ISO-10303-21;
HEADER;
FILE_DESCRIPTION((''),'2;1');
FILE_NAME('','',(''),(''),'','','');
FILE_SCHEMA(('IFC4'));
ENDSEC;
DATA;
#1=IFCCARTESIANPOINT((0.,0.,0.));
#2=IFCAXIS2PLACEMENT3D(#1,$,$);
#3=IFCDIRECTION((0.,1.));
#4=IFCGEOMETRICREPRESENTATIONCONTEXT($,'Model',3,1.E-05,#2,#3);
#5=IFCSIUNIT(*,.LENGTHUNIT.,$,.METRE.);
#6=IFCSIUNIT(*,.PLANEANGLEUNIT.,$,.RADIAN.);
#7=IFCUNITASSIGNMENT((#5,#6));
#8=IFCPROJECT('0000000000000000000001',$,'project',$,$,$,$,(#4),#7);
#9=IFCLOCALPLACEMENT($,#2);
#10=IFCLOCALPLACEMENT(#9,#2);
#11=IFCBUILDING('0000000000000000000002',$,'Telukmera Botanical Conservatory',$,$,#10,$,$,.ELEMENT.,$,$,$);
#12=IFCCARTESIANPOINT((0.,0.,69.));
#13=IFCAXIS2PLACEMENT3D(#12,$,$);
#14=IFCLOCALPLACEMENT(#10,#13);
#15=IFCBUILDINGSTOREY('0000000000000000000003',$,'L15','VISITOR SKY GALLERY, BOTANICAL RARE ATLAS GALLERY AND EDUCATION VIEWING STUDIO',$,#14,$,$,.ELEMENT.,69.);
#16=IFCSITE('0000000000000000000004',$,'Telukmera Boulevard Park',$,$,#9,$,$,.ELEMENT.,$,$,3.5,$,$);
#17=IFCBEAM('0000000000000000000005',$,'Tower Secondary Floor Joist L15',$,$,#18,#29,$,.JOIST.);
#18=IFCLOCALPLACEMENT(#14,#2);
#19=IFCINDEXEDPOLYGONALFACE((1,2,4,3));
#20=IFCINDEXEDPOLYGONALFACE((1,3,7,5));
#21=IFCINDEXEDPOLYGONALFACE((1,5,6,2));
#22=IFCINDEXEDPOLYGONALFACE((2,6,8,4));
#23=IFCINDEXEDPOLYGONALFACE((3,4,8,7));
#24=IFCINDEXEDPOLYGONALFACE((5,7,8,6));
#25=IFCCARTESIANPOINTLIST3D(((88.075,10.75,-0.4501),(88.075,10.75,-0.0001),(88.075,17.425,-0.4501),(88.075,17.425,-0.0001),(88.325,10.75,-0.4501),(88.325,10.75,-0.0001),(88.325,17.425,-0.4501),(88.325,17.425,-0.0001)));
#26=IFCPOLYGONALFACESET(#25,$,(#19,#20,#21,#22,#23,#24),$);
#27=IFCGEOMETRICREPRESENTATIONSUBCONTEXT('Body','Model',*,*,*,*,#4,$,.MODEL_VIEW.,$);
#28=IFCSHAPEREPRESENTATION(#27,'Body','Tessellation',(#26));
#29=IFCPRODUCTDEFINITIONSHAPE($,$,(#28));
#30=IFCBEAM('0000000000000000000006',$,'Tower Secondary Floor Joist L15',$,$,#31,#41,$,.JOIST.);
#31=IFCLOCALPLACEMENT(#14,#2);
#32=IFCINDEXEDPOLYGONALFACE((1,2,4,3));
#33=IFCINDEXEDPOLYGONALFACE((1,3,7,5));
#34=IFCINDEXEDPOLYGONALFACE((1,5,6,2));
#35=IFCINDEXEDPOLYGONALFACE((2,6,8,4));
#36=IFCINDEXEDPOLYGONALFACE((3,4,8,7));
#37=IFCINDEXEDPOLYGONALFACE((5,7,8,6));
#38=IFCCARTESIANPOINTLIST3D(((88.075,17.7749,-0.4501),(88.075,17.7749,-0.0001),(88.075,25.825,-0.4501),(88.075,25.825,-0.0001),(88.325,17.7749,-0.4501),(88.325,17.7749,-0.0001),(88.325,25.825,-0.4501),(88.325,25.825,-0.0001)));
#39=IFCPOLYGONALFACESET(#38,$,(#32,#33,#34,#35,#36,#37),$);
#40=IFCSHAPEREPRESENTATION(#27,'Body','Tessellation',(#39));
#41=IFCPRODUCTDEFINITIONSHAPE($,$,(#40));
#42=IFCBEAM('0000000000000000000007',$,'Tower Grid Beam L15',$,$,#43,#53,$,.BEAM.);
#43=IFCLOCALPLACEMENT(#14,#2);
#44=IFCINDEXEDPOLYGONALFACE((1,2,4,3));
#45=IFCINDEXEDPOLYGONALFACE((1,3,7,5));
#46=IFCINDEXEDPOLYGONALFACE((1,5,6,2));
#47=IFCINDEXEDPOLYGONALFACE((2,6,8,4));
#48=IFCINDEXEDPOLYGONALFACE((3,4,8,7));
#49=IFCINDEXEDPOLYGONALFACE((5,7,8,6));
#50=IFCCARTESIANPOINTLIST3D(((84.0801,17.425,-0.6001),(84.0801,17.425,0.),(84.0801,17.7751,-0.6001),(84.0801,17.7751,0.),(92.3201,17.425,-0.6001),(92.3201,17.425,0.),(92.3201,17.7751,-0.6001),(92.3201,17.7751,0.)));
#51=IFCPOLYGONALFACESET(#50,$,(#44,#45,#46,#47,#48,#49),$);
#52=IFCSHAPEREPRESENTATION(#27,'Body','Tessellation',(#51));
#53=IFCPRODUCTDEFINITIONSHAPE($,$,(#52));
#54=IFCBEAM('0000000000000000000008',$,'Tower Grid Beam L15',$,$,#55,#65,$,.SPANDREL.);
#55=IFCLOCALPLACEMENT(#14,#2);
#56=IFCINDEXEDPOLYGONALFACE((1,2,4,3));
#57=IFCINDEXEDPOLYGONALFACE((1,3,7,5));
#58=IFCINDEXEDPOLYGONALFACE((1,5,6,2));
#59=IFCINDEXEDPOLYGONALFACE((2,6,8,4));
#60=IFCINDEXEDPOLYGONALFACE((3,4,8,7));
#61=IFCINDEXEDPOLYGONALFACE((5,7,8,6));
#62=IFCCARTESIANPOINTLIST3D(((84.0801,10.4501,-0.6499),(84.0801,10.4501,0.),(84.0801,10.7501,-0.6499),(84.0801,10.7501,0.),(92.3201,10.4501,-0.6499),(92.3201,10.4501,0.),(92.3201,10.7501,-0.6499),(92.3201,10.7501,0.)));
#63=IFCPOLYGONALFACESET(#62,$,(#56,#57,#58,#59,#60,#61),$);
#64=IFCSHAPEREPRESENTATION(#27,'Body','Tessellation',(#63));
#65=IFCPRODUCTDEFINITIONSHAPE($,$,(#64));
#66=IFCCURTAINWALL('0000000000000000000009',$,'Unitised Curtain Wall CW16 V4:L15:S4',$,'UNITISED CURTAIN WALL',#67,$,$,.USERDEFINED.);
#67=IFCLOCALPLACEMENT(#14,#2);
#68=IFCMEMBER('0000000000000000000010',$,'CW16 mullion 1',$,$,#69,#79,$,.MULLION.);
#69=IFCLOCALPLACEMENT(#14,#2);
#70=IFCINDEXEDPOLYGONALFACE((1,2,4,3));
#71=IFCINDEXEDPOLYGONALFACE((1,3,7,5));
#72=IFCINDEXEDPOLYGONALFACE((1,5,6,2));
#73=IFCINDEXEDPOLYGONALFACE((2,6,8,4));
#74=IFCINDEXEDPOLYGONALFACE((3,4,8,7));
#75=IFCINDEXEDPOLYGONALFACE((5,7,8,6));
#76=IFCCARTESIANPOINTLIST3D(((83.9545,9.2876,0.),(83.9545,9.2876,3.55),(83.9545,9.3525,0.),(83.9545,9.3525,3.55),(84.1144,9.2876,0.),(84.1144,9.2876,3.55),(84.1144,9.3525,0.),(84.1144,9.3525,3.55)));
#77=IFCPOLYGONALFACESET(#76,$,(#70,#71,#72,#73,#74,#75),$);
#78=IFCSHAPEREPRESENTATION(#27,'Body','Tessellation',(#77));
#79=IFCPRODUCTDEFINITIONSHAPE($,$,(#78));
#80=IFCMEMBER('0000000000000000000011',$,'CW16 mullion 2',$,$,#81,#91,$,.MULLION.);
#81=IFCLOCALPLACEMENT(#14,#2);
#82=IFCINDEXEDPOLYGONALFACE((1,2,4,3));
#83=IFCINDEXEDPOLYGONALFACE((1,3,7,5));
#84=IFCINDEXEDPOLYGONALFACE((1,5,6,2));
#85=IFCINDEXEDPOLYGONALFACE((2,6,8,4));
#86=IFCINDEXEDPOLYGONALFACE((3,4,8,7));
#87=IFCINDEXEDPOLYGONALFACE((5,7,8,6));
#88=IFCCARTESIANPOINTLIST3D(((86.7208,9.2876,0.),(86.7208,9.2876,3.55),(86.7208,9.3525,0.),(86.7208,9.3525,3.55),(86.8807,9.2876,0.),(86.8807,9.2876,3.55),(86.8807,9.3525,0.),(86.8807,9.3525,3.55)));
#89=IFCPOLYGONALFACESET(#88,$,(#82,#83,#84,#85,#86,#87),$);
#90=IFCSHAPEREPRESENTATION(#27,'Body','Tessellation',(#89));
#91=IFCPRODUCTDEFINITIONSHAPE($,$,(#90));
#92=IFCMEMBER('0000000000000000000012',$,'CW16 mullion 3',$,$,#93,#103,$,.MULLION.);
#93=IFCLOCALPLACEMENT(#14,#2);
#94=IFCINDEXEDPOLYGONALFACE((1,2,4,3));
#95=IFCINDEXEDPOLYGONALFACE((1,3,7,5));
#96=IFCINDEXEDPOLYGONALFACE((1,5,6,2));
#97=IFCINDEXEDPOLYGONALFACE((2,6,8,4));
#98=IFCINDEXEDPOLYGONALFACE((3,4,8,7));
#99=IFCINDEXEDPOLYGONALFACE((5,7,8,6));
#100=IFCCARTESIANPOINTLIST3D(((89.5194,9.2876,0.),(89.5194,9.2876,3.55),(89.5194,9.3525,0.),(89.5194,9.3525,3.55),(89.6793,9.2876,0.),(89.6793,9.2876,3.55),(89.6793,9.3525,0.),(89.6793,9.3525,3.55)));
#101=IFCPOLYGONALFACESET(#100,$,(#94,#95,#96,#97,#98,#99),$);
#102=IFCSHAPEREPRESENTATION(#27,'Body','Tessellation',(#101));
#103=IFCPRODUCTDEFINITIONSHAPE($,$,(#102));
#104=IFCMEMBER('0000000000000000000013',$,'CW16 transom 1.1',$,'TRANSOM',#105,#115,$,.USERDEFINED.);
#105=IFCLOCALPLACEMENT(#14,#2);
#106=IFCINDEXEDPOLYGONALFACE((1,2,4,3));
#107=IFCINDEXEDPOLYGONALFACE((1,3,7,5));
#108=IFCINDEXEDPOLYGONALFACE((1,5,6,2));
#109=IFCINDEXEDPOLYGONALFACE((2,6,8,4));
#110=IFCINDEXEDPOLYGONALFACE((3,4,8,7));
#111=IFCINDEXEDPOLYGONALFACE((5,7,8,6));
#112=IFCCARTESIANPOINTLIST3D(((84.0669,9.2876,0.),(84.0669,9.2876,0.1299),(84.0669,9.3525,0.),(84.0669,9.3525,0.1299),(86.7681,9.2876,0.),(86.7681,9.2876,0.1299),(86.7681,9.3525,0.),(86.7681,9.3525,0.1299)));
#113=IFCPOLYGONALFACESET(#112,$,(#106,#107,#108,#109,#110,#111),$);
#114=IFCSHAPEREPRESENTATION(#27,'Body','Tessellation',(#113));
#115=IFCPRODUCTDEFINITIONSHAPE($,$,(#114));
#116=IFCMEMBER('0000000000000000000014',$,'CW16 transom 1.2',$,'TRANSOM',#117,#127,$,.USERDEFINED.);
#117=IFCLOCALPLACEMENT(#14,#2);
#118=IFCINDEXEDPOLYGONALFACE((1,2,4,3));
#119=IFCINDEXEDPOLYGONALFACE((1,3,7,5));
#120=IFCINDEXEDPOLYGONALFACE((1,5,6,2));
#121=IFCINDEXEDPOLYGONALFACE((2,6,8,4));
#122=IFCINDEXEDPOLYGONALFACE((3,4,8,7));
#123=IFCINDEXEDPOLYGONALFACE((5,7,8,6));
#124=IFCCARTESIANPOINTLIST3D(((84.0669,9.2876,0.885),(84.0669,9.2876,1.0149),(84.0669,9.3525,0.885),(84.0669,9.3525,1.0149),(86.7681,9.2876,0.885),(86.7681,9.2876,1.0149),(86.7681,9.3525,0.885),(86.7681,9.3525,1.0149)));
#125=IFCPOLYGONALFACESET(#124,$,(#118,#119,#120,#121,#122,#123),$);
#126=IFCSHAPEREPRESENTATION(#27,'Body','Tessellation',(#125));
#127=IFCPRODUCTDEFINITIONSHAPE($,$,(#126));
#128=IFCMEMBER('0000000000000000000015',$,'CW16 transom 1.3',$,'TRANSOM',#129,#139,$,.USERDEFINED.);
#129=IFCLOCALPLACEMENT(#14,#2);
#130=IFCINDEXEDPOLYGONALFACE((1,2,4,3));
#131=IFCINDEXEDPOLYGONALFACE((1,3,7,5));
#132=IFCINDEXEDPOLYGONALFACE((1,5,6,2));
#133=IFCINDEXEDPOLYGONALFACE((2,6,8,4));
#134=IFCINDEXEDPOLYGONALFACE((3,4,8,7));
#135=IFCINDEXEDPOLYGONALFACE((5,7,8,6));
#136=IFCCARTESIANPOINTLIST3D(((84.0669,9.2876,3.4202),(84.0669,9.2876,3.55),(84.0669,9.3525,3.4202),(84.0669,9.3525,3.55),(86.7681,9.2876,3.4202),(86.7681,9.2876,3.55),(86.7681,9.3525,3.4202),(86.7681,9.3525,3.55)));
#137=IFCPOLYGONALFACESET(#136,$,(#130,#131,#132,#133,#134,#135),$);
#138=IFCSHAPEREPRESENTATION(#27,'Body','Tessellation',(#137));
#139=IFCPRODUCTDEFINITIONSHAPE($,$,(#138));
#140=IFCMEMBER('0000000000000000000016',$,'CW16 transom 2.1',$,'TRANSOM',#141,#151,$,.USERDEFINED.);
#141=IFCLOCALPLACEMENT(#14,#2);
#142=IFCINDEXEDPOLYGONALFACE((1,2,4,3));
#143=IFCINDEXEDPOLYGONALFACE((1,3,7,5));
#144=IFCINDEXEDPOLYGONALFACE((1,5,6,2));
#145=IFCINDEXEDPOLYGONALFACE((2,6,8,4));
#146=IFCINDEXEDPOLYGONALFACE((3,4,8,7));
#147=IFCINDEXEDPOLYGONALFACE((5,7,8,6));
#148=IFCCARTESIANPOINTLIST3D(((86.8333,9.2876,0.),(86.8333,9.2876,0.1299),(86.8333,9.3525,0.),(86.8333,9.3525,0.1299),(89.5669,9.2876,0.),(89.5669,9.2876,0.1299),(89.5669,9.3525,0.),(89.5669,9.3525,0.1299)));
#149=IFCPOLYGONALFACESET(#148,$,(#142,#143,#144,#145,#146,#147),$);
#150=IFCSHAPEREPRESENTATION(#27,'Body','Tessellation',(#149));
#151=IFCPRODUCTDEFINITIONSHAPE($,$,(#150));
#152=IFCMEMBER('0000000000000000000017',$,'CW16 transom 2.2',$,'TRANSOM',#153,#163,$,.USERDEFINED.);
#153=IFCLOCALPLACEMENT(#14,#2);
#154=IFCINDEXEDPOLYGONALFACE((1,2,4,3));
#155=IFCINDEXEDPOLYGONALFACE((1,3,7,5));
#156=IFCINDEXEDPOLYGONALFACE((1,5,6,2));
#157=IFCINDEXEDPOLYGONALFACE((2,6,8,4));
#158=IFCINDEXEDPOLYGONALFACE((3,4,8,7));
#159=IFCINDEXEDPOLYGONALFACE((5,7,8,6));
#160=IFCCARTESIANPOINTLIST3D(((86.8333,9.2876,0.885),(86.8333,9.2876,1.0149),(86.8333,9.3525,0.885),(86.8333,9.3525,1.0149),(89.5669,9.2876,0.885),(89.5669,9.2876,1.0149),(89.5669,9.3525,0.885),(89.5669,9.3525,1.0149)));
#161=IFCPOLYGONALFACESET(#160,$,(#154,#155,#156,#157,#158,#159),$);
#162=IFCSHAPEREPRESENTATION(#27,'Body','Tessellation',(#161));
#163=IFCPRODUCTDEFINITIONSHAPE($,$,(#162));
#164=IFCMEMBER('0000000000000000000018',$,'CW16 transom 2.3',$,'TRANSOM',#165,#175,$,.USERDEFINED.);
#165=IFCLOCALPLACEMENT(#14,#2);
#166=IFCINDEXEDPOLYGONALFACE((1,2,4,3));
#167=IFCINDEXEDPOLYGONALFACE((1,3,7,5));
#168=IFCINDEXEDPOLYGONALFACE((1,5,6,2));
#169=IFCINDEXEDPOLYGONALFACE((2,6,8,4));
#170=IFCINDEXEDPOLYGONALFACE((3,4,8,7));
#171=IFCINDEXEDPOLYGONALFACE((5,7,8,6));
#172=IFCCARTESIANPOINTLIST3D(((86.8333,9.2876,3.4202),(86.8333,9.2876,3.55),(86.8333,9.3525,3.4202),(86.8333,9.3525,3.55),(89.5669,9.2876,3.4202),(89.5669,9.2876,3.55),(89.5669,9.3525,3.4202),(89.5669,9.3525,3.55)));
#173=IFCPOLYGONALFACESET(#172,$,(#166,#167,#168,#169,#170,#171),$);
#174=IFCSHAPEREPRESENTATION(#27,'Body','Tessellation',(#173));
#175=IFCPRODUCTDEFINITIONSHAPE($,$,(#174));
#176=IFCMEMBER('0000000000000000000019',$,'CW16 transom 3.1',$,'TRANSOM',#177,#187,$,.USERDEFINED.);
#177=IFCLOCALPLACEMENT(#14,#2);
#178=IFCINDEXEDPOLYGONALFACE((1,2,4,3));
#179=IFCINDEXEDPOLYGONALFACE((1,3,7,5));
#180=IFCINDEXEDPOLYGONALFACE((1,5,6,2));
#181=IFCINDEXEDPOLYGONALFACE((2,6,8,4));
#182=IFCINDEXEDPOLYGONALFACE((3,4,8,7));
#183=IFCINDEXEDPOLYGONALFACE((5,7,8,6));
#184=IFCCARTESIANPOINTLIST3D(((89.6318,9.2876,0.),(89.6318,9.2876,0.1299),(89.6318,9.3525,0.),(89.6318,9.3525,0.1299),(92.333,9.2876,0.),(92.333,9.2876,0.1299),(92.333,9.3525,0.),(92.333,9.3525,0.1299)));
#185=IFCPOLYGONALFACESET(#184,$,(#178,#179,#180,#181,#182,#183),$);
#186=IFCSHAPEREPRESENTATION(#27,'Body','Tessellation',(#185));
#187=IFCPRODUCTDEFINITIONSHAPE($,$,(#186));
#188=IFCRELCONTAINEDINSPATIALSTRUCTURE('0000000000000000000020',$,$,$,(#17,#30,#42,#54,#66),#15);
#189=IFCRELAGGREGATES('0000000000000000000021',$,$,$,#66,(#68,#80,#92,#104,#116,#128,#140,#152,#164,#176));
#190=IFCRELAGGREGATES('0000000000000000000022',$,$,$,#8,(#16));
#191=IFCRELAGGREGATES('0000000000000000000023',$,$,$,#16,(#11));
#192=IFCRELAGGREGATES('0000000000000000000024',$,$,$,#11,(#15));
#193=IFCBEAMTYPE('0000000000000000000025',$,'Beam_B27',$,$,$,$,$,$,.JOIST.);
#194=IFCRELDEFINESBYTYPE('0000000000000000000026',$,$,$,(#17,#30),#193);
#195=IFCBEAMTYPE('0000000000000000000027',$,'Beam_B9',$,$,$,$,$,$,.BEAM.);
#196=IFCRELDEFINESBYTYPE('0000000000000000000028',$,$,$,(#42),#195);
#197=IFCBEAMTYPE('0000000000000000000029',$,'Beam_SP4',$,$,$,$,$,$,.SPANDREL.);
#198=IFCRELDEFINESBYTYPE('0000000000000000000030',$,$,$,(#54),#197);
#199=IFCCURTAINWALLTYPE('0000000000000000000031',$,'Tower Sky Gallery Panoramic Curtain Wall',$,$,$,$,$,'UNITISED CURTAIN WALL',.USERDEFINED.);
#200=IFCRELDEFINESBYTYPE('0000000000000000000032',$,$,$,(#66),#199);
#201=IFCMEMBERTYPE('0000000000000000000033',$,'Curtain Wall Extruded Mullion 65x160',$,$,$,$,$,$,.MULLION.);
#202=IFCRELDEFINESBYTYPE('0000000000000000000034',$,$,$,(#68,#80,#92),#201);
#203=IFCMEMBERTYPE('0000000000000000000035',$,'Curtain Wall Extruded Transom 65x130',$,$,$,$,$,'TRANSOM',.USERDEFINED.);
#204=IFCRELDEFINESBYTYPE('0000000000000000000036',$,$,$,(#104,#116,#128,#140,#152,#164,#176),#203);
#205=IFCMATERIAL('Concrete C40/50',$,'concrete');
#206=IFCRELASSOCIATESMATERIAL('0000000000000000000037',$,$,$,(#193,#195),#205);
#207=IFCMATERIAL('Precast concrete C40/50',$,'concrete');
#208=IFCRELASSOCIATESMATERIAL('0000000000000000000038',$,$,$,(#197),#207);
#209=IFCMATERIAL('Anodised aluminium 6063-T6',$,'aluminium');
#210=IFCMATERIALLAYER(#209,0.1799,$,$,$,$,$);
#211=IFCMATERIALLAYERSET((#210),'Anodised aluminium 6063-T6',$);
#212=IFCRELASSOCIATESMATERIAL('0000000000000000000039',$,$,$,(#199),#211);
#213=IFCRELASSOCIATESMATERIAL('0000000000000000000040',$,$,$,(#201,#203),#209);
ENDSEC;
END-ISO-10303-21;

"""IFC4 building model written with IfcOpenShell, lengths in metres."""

from ifc_helpers import new_model, si_unit, direction, frame, origin, origin_2d, place, context, subcontext, project, spatial, rectangle, extrude, material, layer, layer_set, material_profile, profile_set, type_object, element, aggregate, save


model = new_model("IFC4")

# Units and contexts
model_context = context("Model", 3, precision=1e-05, world=origin(), true_north=direction((0.0, 1.0)))
body_context = subcontext(model_context, "Body", "Model", "MODEL_VIEW")
ifc_project = project(units=[si_unit("LENGTHUNIT", "METRE"), si_unit("PLANEANGLEUNIT", "RADIAN")], contexts=[model_context])

# Site, building, storey
site_placement = place(None, origin())
site = spatial("IfcSite", under=ifc_project, at=site_placement, Name="Telukmera Boulevard Park", CompositionType="ELEMENT", RefElevation=3.5)
building_placement = place(site_placement, origin())
building = spatial("IfcBuilding", under=site, at=building_placement, Name="Telukmera Botanical Conservatory", CompositionType="ELEMENT")
storey_placement = place(building_placement, frame((0.0, 0.0, 69.0)))
storey = spatial("IfcBuildingStorey", under=building, at=storey_placement, Name="L15", Description="VISITOR SKY GALLERY, BOTANICAL RARE ATLAS GALLERY AND EDUCATION VIEWING STUDIO", CompositionType="ELEMENT", Elevation=69.0)

# Beams
ifc_material_1 = material(Name="Concrete C40/50", Category="concrete")
ifc_material_profile_1 = material_profile(ifc_material_1, rectangle(XDim=0.25, YDim=0.45, at=origin_2d()), Name="RC 250x450")
ifc_profile_set_1 = profile_set([ifc_material_profile_1], Name="Concrete C40/50")
beam_type_1 = type_object("IfcBeamType", Name="Beam_B27", PredefinedType="JOIST", material=ifc_profile_set_1)
beam_1_placement = place(storey_placement, frame((88.2, 10.75, -0.2251), z_axis=(0.0, 1.0, 0.0), x_axis=(-1.0, 0.0, 0.0)))
element("IfcBeam", 1, at=beam_1_placement, inside=storey, type_object=beam_type_1, Name="Tower Secondary Floor Joist L15", PredefinedType="JOIST", context=body_context, shape_type="SweptSolid", body=[
    extrude(rectangle(XDim=0.25, YDim=0.45, at=origin_2d()), origin(), (0.0, 0.0, 1.0), 6.675),
])
beam_2_placement = place(storey_placement, frame((88.2, 17.7749, -0.2251), z_axis=(0.0, 1.0, 0.0), x_axis=(-1.0, 0.0, 0.0)))
element("IfcBeam", 2, at=beam_2_placement, inside=storey, type_object=beam_type_1, Name="Tower Secondary Floor Joist L15", PredefinedType="JOIST", context=body_context, shape_type="SweptSolid", body=[
    extrude(rectangle(XDim=0.25, YDim=0.45, at=origin_2d()), origin(), (0.0, 0.0, 1.0), 8.05),
])
ifc_material_profile_2 = material_profile(ifc_material_1, rectangle(XDim=0.3501, YDim=0.6001, at=origin_2d()), Name="RC 350x600")
ifc_profile_set_2 = profile_set([ifc_material_profile_2], Name="Concrete C40/50")
beam_type_2 = type_object("IfcBeamType", Name="Beam_B9", PredefinedType="BEAM", material=ifc_profile_set_2)
beam_3_placement = place(storey_placement, frame((84.0801, 17.6001, -0.3), z_axis=(1.0, 0.0, 0.0), x_axis=(0.0, 1.0, 0.0)))
element("IfcBeam", 3, at=beam_3_placement, inside=storey, type_object=beam_type_2, Name="Tower Grid Beam L15", PredefinedType="BEAM", context=body_context, shape_type="SweptSolid", body=[
    extrude(rectangle(XDim=0.3501, YDim=0.6001, at=origin_2d()), origin(), (0.0, 0.0, 1.0), 8.24),
])
ifc_material_2 = material(Name="Precast concrete C40/50", Category="concrete")
ifc_material_profile_3 = material_profile(ifc_material_2, rectangle(XDim=0.3, YDim=0.6499, at=origin_2d()), Name="PC 300x650")
ifc_profile_set_3 = profile_set([ifc_material_profile_3], Name="Precast concrete C40/50")
beam_type_3 = type_object("IfcBeamType", Name="Beam_SP4", PredefinedType="SPANDREL", material=ifc_profile_set_3)
beam_4_placement = place(storey_placement, frame((84.0801, 10.6001, -0.325), z_axis=(1.0, 0.0, 0.0), x_axis=(0.0, 1.0, 0.0)))
element("IfcBeam", 4, at=beam_4_placement, inside=storey, type_object=beam_type_3, Name="Tower Grid Beam L15", PredefinedType="SPANDREL", context=body_context, shape_type="SweptSolid", body=[
    extrude(rectangle(XDim=0.3, YDim=0.6499, at=origin_2d()), origin(), (0.0, 0.0, 1.0), 8.24),
])

# Curtain wall, members
ifc_material_3 = material(Name="Anodised aluminium 6063-T6", Category="aluminium")
ifc_layer_1 = layer(ifc_material_3, 0.1799)
ifc_layer_set_1 = layer_set([ifc_layer_1], Name="Anodised aluminium 6063-T6")
curtain_wall_type = type_object("IfcCurtainWallType", Name="Tower Sky Gallery Panoramic Curtain Wall", ElementType="UNITISED CURTAIN WALL", PredefinedType="USERDEFINED", material=ifc_layer_set_1)
curtain_wall_placement = place(storey_placement, origin())
curtain_wall = element("IfcCurtainWall", 5, at=curtain_wall_placement, inside=storey, type_object=curtain_wall_type, Name="Unitised Curtain Wall CW16 V4:L15:S4", ObjectType="UNITISED CURTAIN WALL", PredefinedType="USERDEFINED")
ifc_material_profile_4 = material_profile(ifc_material_3, rectangle(XDim=0.0649, YDim=0.1599, at=origin_2d()), Name="ALU MULL 65x160")
ifc_profile_set_4 = profile_set([ifc_material_profile_4], Name="Anodised aluminium 6063-T6")
member_type_1 = type_object("IfcMemberType", Name="Curtain Wall Extruded Mullion 65x160", PredefinedType="MULLION", material=ifc_profile_set_4)
member_1_placement = place(storey_placement, frame((84.0344, 9.3201, 0.0), z_axis=(0.0, 0.0, 1.0), x_axis=(0.0, 1.0, 0.0)))
member_1 = element("IfcMember", 6, at=member_1_placement, type_object=member_type_1, Name="CW16 mullion 1", PredefinedType="MULLION", context=body_context, shape_type="SweptSolid", body=[
    extrude(rectangle(XDim=0.0649, YDim=0.1599, at=origin_2d()), origin(), (0.0, 0.0, 1.0), 3.55),
])
member_2_placement = place(storey_placement, frame((86.8008, 9.3201, 0.0), z_axis=(0.0, 0.0, 1.0), x_axis=(0.0, 1.0, 0.0)))
member_2 = element("IfcMember", 7, at=member_2_placement, type_object=member_type_1, Name="CW16 mullion 2", PredefinedType="MULLION", context=body_context, shape_type="SweptSolid", body=[
    extrude(rectangle(XDim=0.0649, YDim=0.1599, at=origin_2d()), origin(), (0.0, 0.0, 1.0), 3.55),
])
member_3_placement = place(storey_placement, frame((89.5994, 9.3201, 0.0), z_axis=(0.0, 0.0, 1.0), x_axis=(0.0, 1.0, 0.0)))
member_3 = element("IfcMember", 8, at=member_3_placement, type_object=member_type_1, Name="CW16 mullion 3", PredefinedType="MULLION", context=body_context, shape_type="SweptSolid", body=[
    extrude(rectangle(XDim=0.0649, YDim=0.1599, at=origin_2d()), origin(), (0.0, 0.0, 1.0), 3.55),
])
ifc_material_profile_5 = material_profile(ifc_material_3, rectangle(XDim=0.0649, YDim=0.1299, at=origin_2d()), Name="ALU TRAN 65x130")
ifc_profile_set_5 = profile_set([ifc_material_profile_5], Name="Anodised aluminium 6063-T6")
member_type_2 = type_object("IfcMemberType", Name="Curtain Wall Extruded Transom 65x130", ElementType="TRANSOM", PredefinedType="USERDEFINED", material=ifc_profile_set_5)
member_4_placement = place(storey_placement, frame((84.0669, 9.3201, 0.0649), z_axis=(1.0, 0.0, 0.0), x_axis=(0.0, 1.0, 0.0)))
member_4 = element("IfcMember", 9, at=member_4_placement, type_object=member_type_2, Name="CW16 transom 1.1", ObjectType="TRANSOM", PredefinedType="USERDEFINED", context=body_context, shape_type="SweptSolid", body=[
    extrude(rectangle(XDim=0.0649, YDim=0.1299, at=origin_2d()), origin(), (0.0, 0.0, 1.0), 2.7012),
])
member_5_placement = place(storey_placement, frame((84.0669, 9.3201, 0.95), z_axis=(1.0, 0.0, 0.0), x_axis=(0.0, 1.0, 0.0)))
member_5 = element("IfcMember", 10, at=member_5_placement, type_object=member_type_2, Name="CW16 transom 1.2", ObjectType="TRANSOM", PredefinedType="USERDEFINED", context=body_context, shape_type="SweptSolid", body=[
    extrude(rectangle(XDim=0.0649, YDim=0.1299, at=origin_2d()), origin(), (0.0, 0.0, 1.0), 2.7012),
])
member_6_placement = place(storey_placement, frame((84.0669, 9.3201, 3.4851), z_axis=(1.0, 0.0, 0.0), x_axis=(0.0, 1.0, 0.0)))
member_6 = element("IfcMember", 11, at=member_6_placement, type_object=member_type_2, Name="CW16 transom 1.3", ObjectType="TRANSOM", PredefinedType="USERDEFINED", context=body_context, shape_type="SweptSolid", body=[
    extrude(rectangle(XDim=0.0649, YDim=0.1299, at=origin_2d()), origin(), (0.0, 0.0, 1.0), 2.7012),
])
member_7_placement = place(storey_placement, frame((86.8333, 9.3201, 0.0649), z_axis=(1.0, 0.0, 0.0), x_axis=(0.0, 1.0, 0.0)))
member_7 = element("IfcMember", 12, at=member_7_placement, type_object=member_type_2, Name="CW16 transom 2.1", ObjectType="TRANSOM", PredefinedType="USERDEFINED", context=body_context, shape_type="SweptSolid", body=[
    extrude(rectangle(XDim=0.0649, YDim=0.1299, at=origin_2d()), origin(), (0.0, 0.0, 1.0), 2.7336),
])
member_8_placement = place(storey_placement, frame((86.8333, 9.3201, 0.95), z_axis=(1.0, 0.0, 0.0), x_axis=(0.0, 1.0, 0.0)))
member_8 = element("IfcMember", 13, at=member_8_placement, type_object=member_type_2, Name="CW16 transom 2.2", ObjectType="TRANSOM", PredefinedType="USERDEFINED", context=body_context, shape_type="SweptSolid", body=[
    extrude(rectangle(XDim=0.0649, YDim=0.1299, at=origin_2d()), origin(), (0.0, 0.0, 1.0), 2.7336),
])
member_9_placement = place(storey_placement, frame((86.8333, 9.3201, 3.4851), z_axis=(1.0, 0.0, 0.0), x_axis=(0.0, 1.0, 0.0)))
member_9 = element("IfcMember", 14, at=member_9_placement, type_object=member_type_2, Name="CW16 transom 2.3", ObjectType="TRANSOM", PredefinedType="USERDEFINED", context=body_context, shape_type="SweptSolid", body=[
    extrude(rectangle(XDim=0.0649, YDim=0.1299, at=origin_2d()), origin(), (0.0, 0.0, 1.0), 2.7336),
])
member_10_placement = place(storey_placement, frame((89.6318, 9.3201, 0.0649), z_axis=(1.0, 0.0, 0.0), x_axis=(0.0, 1.0, 0.0)))
member_10 = element("IfcMember", 15, at=member_10_placement, type_object=member_type_2, Name="CW16 transom 3.1", ObjectType="TRANSOM", PredefinedType="USERDEFINED", context=body_context, shape_type="SweptSolid", body=[
    extrude(rectangle(XDim=0.0649, YDim=0.1299, at=origin_2d()), origin(), (0.0, 0.0, 1.0), 2.7012),
])
aggregate(curtain_wall, [member_1, member_2, member_3, member_4, member_5, member_6, member_7, member_8, member_9, member_10])

save(model, "model.ifc")
